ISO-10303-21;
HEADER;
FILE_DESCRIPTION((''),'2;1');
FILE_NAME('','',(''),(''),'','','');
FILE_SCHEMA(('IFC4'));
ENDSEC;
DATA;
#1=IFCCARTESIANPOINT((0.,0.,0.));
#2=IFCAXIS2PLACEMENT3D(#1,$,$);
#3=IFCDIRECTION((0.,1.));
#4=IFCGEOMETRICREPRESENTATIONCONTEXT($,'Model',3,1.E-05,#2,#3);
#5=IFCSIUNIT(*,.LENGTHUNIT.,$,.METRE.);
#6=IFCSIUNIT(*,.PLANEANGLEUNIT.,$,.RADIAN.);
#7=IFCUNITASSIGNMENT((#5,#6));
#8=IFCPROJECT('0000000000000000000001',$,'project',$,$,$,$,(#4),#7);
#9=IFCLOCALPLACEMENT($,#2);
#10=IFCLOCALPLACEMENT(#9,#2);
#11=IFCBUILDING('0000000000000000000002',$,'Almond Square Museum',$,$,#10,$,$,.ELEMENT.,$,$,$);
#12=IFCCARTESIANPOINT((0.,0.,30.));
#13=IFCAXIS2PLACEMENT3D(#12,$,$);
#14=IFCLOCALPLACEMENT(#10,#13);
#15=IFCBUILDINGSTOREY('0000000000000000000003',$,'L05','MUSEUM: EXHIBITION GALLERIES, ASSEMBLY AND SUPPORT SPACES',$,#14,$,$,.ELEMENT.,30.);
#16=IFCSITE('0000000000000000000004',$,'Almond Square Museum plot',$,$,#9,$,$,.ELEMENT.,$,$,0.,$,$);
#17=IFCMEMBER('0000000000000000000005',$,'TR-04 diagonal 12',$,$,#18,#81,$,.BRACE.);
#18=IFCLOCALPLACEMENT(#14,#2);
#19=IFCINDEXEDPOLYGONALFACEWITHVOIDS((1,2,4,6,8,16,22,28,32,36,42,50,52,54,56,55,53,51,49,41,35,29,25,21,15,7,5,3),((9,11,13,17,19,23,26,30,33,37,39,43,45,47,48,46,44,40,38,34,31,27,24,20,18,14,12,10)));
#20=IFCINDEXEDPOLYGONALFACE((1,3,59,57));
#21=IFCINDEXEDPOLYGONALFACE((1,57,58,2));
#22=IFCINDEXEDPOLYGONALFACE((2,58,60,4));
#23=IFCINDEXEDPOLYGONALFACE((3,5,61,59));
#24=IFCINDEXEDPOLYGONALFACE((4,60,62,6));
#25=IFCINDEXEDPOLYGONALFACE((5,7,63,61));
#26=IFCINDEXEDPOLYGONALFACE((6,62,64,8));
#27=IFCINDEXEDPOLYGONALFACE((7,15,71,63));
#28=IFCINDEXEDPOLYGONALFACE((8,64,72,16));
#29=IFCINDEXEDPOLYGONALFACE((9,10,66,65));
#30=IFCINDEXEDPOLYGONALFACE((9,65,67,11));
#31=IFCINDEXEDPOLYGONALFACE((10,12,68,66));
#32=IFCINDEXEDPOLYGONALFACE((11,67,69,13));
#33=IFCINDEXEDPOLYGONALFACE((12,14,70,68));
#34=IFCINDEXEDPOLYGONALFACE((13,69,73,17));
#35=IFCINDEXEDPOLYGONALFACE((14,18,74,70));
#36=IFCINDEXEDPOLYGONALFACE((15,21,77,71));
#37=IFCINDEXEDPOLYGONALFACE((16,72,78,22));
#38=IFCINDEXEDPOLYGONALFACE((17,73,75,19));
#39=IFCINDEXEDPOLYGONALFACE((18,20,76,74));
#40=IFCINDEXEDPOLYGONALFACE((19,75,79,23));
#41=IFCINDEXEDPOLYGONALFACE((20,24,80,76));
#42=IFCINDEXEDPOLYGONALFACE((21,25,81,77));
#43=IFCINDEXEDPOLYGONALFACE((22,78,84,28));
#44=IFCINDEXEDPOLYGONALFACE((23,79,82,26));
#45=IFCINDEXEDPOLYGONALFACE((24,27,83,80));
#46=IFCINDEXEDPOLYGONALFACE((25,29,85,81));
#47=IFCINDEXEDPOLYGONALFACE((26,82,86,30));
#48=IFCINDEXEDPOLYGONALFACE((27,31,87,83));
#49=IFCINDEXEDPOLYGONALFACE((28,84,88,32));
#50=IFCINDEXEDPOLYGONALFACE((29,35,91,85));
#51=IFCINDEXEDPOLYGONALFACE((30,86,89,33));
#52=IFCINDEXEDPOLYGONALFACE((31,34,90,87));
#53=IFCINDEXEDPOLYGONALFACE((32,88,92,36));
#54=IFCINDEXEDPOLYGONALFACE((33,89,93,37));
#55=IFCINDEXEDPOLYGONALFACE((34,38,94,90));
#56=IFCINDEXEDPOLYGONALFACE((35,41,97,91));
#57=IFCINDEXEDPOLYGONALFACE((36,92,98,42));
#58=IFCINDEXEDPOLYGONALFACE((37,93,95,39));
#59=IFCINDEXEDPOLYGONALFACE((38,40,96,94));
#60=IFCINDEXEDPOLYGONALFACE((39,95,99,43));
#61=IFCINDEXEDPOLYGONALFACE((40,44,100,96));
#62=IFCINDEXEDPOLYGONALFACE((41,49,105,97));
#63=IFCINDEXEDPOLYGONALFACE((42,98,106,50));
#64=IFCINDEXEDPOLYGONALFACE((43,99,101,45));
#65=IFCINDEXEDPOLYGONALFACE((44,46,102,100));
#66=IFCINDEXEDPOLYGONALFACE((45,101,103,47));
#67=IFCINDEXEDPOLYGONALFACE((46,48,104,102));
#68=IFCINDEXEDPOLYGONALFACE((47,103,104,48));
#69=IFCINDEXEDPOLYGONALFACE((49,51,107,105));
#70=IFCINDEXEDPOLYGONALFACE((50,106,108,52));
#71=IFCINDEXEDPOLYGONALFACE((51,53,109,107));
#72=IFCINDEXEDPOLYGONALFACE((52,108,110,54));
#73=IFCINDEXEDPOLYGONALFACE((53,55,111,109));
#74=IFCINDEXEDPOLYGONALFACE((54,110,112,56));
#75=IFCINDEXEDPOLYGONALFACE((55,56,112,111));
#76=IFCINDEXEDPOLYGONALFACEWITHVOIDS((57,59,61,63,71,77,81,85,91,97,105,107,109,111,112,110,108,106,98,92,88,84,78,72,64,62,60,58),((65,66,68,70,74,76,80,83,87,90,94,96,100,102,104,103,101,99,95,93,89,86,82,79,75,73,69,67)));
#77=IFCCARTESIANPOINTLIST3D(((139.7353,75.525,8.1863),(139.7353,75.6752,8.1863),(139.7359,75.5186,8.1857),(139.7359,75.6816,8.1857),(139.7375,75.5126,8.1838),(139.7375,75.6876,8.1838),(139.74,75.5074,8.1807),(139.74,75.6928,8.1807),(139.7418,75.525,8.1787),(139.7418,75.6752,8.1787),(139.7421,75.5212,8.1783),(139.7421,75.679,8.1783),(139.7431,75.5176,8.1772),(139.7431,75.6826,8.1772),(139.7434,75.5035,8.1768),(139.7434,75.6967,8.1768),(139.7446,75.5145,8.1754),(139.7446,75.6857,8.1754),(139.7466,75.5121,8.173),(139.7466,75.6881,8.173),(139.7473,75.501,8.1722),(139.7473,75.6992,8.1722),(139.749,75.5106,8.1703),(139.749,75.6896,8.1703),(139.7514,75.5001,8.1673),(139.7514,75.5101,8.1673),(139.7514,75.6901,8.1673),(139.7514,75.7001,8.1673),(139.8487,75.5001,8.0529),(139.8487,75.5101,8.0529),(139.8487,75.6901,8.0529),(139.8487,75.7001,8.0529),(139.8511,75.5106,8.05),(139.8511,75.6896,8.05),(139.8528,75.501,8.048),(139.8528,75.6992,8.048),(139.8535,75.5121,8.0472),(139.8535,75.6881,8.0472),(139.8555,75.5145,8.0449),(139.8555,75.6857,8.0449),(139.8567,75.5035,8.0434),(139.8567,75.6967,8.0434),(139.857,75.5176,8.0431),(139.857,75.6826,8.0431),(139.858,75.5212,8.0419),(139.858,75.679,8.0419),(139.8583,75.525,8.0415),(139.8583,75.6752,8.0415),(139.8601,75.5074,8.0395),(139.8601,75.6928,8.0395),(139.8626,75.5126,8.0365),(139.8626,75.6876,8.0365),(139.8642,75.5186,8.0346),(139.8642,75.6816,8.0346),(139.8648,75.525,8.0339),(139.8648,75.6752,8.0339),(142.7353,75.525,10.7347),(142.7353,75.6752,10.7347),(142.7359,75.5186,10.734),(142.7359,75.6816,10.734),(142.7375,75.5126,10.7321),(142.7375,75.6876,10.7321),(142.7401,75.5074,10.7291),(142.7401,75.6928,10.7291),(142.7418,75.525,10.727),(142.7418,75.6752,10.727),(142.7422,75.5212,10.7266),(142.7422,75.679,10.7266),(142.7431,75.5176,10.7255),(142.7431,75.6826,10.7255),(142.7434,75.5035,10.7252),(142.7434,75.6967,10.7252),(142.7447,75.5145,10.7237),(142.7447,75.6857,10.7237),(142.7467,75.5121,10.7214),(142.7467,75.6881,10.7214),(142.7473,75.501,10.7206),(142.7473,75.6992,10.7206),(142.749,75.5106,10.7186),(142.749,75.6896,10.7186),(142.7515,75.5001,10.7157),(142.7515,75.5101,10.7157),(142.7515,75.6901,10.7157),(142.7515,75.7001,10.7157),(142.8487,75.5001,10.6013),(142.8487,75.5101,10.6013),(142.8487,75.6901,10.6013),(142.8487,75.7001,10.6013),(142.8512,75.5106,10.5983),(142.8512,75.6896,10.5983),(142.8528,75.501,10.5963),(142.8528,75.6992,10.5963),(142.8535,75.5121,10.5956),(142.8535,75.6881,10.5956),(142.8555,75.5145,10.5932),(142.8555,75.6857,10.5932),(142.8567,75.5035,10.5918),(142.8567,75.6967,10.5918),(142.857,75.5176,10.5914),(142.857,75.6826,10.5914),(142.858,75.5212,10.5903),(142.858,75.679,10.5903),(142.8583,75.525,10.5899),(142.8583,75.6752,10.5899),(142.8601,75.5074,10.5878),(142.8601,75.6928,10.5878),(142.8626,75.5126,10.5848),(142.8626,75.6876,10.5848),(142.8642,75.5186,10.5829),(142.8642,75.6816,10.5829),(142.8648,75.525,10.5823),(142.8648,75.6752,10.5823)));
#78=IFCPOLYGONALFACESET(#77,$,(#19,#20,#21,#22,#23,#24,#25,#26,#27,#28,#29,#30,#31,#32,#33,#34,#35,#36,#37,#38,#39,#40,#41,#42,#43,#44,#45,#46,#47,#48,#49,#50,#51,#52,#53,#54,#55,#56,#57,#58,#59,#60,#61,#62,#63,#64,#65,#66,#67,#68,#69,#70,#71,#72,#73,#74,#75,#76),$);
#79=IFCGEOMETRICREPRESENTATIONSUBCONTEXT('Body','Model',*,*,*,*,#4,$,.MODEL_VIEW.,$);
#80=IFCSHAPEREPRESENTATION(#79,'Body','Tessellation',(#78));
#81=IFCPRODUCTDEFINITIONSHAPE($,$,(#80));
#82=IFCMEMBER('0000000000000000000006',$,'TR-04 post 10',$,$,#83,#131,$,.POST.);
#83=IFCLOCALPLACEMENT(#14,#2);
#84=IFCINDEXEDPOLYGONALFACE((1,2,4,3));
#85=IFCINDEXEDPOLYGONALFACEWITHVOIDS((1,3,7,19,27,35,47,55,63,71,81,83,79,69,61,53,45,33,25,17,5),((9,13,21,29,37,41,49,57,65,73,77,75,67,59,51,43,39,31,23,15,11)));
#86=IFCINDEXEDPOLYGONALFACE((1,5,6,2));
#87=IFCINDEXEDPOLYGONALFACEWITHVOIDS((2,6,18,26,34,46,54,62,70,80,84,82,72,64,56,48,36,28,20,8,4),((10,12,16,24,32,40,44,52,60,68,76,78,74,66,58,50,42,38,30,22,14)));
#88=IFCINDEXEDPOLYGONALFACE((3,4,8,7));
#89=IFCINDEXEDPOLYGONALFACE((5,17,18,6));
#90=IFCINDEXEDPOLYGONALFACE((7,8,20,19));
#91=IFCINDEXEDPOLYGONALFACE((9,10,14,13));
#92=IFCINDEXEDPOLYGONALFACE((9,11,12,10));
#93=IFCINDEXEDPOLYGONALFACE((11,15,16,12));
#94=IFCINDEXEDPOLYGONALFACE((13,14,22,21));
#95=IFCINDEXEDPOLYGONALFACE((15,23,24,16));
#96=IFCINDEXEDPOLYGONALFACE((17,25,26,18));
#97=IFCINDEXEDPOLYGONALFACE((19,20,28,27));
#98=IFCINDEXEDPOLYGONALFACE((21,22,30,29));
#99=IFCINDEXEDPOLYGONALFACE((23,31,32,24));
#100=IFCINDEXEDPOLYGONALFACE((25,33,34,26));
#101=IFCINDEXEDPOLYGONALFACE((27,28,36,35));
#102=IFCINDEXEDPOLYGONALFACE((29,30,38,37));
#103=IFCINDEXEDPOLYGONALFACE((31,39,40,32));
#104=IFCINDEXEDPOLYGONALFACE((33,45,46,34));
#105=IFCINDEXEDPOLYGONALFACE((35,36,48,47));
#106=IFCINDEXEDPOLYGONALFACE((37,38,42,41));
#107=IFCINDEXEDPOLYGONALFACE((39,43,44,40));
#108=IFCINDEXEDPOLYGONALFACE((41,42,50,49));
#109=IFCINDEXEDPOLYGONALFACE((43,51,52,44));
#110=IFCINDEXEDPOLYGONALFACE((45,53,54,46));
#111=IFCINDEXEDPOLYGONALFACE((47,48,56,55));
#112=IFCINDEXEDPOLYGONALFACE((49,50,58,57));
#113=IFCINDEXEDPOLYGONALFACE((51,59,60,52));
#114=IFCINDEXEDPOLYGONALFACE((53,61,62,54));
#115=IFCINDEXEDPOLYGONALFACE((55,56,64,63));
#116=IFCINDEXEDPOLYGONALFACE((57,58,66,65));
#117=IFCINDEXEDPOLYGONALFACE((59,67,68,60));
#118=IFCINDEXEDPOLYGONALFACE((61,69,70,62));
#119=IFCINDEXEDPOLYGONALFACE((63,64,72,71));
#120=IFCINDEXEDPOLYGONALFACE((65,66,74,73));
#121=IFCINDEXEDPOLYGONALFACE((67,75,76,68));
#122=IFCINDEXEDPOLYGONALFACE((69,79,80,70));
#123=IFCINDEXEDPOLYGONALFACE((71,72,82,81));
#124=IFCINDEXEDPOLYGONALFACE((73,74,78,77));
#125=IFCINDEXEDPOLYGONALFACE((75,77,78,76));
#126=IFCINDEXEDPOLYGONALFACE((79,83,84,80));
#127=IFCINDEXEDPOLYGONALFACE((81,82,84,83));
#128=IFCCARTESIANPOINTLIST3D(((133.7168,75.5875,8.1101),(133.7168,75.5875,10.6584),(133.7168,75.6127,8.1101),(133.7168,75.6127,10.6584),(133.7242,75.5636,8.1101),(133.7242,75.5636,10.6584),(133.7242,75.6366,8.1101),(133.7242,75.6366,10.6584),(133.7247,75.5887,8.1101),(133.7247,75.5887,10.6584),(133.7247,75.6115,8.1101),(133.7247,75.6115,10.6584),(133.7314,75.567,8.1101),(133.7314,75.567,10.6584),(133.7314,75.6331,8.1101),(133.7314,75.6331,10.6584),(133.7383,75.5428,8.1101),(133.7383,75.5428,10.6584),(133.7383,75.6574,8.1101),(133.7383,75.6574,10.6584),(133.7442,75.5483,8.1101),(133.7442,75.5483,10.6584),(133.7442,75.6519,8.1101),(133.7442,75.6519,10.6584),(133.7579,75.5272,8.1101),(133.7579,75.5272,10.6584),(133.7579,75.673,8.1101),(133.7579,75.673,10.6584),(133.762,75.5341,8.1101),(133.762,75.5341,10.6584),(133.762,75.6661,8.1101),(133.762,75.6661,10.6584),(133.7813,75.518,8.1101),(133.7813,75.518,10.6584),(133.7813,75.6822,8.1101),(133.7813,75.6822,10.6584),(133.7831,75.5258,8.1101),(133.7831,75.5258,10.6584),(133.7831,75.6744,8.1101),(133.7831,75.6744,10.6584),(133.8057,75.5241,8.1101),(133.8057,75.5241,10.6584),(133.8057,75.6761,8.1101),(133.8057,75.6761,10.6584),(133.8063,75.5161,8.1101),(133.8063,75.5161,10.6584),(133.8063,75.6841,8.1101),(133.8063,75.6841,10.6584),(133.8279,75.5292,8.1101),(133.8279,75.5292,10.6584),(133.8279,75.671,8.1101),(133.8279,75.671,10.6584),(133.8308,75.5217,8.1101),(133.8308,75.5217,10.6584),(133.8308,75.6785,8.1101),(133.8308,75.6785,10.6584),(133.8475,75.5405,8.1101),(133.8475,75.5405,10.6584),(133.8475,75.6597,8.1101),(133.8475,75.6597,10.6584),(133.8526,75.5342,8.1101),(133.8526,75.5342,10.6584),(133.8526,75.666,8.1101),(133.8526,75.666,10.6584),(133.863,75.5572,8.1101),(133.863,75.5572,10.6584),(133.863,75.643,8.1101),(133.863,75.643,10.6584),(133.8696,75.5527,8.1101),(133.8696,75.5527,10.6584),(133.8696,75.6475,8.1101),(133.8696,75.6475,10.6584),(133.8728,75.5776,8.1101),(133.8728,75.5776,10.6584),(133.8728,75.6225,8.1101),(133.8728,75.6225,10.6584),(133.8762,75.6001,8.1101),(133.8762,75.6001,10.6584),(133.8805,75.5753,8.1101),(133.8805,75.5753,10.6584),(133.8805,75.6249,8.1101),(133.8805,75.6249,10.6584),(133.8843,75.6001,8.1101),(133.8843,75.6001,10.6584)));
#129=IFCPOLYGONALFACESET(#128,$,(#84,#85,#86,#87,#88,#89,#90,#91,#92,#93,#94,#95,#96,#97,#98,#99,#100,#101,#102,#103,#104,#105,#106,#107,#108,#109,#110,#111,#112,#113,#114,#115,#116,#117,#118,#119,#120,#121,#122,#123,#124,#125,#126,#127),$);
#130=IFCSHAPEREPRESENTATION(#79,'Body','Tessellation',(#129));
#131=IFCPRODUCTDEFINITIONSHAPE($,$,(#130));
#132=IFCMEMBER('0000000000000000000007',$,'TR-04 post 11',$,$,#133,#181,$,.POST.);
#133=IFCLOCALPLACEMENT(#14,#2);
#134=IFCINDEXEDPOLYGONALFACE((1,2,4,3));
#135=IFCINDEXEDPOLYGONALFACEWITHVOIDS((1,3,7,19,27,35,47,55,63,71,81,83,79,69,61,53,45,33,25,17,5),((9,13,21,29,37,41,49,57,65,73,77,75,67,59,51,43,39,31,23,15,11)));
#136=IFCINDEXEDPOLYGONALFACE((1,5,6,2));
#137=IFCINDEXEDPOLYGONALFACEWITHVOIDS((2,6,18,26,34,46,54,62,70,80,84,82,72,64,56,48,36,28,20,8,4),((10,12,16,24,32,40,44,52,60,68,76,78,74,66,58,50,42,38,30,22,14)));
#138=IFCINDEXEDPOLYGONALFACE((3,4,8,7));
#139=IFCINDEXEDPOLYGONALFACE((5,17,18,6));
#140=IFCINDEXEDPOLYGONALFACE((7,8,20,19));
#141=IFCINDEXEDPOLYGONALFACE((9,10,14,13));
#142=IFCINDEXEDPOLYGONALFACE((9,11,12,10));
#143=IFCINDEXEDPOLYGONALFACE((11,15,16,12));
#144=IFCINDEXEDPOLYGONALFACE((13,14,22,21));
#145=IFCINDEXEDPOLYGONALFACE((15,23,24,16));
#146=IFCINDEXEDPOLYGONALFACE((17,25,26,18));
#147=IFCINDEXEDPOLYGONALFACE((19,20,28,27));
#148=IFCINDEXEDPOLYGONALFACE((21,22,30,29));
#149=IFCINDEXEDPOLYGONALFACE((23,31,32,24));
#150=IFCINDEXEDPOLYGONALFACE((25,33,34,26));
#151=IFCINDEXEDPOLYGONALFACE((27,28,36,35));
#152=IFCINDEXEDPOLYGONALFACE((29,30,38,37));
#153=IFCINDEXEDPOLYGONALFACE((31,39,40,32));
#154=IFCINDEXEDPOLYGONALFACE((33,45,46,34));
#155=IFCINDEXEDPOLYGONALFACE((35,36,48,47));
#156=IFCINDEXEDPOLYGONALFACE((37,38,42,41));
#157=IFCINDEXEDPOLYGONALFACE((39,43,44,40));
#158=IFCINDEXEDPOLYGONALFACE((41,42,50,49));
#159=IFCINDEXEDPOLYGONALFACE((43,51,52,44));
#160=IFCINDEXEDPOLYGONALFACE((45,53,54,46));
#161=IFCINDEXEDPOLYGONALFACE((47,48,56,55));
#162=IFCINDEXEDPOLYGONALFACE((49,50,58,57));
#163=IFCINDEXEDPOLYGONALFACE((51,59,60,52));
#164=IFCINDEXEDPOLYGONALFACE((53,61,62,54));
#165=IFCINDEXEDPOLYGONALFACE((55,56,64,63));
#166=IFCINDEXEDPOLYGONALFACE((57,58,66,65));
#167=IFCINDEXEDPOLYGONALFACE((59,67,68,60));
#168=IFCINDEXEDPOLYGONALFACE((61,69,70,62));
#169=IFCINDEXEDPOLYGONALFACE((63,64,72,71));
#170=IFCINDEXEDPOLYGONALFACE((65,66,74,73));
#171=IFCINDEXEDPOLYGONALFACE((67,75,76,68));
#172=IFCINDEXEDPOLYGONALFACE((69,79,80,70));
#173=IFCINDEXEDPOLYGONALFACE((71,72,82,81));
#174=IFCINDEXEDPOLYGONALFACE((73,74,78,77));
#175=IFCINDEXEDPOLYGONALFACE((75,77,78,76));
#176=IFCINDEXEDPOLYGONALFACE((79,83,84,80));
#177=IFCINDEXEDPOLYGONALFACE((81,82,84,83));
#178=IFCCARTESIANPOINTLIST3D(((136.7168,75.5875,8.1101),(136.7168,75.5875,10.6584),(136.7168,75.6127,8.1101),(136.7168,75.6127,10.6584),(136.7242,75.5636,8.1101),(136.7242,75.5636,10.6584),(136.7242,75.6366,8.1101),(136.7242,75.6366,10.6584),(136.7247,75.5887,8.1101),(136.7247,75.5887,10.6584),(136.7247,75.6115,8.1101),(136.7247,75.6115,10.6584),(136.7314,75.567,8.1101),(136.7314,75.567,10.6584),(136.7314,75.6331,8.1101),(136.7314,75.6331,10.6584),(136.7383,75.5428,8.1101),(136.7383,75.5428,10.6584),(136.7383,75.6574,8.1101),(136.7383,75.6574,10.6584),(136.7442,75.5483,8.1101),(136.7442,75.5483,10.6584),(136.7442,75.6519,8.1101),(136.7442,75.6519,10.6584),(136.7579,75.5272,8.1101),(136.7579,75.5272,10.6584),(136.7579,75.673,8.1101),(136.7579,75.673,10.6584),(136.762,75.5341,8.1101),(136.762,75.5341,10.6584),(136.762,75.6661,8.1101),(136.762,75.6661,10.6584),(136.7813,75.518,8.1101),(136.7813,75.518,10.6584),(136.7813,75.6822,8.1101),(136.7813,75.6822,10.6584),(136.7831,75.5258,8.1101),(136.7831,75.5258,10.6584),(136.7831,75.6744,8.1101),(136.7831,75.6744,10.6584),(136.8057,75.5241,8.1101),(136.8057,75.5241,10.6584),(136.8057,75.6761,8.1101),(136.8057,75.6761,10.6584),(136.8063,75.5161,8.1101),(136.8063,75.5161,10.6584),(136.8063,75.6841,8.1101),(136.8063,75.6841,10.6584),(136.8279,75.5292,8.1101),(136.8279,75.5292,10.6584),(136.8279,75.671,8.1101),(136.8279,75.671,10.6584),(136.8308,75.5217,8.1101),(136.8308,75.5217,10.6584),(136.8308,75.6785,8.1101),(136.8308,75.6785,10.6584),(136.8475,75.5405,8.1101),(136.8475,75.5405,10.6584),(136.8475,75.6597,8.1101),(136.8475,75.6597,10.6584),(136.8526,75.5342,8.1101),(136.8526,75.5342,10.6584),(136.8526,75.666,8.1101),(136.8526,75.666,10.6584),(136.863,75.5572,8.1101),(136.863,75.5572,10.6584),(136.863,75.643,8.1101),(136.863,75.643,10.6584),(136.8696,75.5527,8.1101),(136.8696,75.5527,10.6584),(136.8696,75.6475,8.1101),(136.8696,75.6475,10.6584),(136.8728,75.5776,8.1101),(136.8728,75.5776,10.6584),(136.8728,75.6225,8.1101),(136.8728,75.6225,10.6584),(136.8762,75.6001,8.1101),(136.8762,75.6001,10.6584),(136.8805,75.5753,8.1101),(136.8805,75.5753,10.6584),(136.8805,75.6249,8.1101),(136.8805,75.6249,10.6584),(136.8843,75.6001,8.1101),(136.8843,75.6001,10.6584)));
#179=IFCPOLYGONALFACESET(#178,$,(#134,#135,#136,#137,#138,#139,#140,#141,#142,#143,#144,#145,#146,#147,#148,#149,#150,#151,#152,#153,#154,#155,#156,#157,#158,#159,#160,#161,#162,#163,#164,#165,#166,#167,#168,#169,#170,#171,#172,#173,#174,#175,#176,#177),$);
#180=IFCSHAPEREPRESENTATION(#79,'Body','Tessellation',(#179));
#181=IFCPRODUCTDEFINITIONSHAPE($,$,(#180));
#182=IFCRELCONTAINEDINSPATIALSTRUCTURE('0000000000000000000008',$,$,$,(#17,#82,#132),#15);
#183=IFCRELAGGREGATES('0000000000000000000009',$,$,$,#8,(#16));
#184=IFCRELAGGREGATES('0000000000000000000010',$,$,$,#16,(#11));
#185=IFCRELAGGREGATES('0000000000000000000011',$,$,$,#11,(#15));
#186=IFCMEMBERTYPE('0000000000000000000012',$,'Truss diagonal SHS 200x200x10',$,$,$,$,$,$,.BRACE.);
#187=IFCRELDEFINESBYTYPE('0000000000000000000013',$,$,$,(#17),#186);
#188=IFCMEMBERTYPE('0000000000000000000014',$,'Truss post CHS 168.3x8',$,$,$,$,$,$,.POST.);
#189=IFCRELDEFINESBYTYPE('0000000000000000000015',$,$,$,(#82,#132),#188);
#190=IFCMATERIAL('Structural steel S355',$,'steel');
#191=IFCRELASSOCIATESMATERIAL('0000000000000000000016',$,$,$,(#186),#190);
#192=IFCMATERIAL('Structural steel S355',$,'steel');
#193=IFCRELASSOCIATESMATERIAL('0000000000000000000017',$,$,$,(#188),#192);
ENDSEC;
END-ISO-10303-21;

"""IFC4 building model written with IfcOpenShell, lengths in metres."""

from ifc_helpers import new_model, si_unit, direction, frame, origin, origin_2d, place, context, subcontext, project, spatial, hollow_rectangle, hollow_circle, extrude, material, material_profile, profile_set, type_object, element, save


model = new_model("IFC4")

# Units and contexts
model_context = context("Model", 3, precision=1e-05, world=origin(), true_north=direction((0.0, 1.0)))
body_context = subcontext(model_context, "Body", "Model", "MODEL_VIEW")
ifc_project = project(units=[si_unit("LENGTHUNIT", "METRE"), si_unit("PLANEANGLEUNIT", "RADIAN")], contexts=[model_context])

# Site, building, storey
site_placement = place(None, origin())
site = spatial("IfcSite", under=ifc_project, at=site_placement, Name="Almond Square Museum plot", CompositionType="ELEMENT", RefElevation=0.0)
building_placement = place(site_placement, origin())
building = spatial("IfcBuilding", under=site, at=building_placement, Name="Almond Square Museum", CompositionType="ELEMENT")
storey_placement = place(building_placement, frame((0.0, 0.0, 30.0)))
storey = spatial("IfcBuildingStorey", under=building, at=storey_placement, Name="L05", Description="MUSEUM: EXHIBITION GALLERIES, ASSEMBLY AND SUPPORT SPACES", CompositionType="ELEMENT", Elevation=30.0)

# Members
ifc_material_1 = material(Name="Structural steel S355", Category="steel")
ifc_material_profile_1 = material_profile(ifc_material_1, hollow_rectangle(XDim=0.2, YDim=0.2, WallThickness=0.01, InnerFilletRadius=0.0149, OuterFilletRadius=0.0249, at=origin_2d()))
ifc_profile_set_1 = profile_set([ifc_material_profile_1], Name="Structural steel S355")
member_type_1 = type_object("IfcMemberType", Name="Truss diagonal SHS 200x200x10", PredefinedType="BRACE", material=ifc_profile_set_1)
member_1_placement = place(storey_placement, frame((139.8, 75.6001, 8.1101), z_axis=(0.762147, 0.0, 0.647404), x_axis=(0.0, 1.0, 0.0)))
element("IfcMember", 1, at=member_1_placement, inside=storey, type_object=member_type_1, Name="TR-04 diagonal 12", PredefinedType="BRACE", context=body_context, shape_type="SweptSolid", body=[
    extrude(hollow_rectangle(XDim=0.2, YDim=0.2, WallThickness=0.01, InnerFilletRadius=0.0149, OuterFilletRadius=0.0249, at=origin_2d()), origin(), (0.0, 0.0, 1.0), 3.9363),
])
ifc_material_2 = material(Name="Structural steel S355", Category="steel")
ifc_material_profile_2 = material_profile(ifc_material_2, hollow_circle(Radius=0.0842, WallThickness=0.0081, at=origin_2d()))
ifc_profile_set_2 = profile_set([ifc_material_profile_2], Name="Structural steel S355")
member_type_2 = type_object("IfcMemberType", Name="Truss post CHS 168.3x8", PredefinedType="POST", material=ifc_profile_set_2)
for number, where, z_axis, x_axis, name in (
    (2, (133.8, 75.6001, 8.1101), (0.0, 0.0, 1.0), (1.0, 0.0, 0.0), "TR-04 post 10"),
    (3, (136.8, 75.6001, 8.1101), (0.0, 0.0, 1.0), (1.0, 0.0, 0.0), "TR-04 post 11"),
):
    element("IfcMember", number, at=place(storey_placement, frame(where, z_axis=z_axis, x_axis=x_axis)), inside=storey, type_object=member_type_2, Name=name, PredefinedType="POST", context=body_context, shape_type="SweptSolid", body=[
        extrude(hollow_circle(Radius=0.0842, WallThickness=0.0081, at=origin_2d()), origin(), (0.0, 0.0, 1.0), 2.5483),
    ])

save(model, "model.ifc")
